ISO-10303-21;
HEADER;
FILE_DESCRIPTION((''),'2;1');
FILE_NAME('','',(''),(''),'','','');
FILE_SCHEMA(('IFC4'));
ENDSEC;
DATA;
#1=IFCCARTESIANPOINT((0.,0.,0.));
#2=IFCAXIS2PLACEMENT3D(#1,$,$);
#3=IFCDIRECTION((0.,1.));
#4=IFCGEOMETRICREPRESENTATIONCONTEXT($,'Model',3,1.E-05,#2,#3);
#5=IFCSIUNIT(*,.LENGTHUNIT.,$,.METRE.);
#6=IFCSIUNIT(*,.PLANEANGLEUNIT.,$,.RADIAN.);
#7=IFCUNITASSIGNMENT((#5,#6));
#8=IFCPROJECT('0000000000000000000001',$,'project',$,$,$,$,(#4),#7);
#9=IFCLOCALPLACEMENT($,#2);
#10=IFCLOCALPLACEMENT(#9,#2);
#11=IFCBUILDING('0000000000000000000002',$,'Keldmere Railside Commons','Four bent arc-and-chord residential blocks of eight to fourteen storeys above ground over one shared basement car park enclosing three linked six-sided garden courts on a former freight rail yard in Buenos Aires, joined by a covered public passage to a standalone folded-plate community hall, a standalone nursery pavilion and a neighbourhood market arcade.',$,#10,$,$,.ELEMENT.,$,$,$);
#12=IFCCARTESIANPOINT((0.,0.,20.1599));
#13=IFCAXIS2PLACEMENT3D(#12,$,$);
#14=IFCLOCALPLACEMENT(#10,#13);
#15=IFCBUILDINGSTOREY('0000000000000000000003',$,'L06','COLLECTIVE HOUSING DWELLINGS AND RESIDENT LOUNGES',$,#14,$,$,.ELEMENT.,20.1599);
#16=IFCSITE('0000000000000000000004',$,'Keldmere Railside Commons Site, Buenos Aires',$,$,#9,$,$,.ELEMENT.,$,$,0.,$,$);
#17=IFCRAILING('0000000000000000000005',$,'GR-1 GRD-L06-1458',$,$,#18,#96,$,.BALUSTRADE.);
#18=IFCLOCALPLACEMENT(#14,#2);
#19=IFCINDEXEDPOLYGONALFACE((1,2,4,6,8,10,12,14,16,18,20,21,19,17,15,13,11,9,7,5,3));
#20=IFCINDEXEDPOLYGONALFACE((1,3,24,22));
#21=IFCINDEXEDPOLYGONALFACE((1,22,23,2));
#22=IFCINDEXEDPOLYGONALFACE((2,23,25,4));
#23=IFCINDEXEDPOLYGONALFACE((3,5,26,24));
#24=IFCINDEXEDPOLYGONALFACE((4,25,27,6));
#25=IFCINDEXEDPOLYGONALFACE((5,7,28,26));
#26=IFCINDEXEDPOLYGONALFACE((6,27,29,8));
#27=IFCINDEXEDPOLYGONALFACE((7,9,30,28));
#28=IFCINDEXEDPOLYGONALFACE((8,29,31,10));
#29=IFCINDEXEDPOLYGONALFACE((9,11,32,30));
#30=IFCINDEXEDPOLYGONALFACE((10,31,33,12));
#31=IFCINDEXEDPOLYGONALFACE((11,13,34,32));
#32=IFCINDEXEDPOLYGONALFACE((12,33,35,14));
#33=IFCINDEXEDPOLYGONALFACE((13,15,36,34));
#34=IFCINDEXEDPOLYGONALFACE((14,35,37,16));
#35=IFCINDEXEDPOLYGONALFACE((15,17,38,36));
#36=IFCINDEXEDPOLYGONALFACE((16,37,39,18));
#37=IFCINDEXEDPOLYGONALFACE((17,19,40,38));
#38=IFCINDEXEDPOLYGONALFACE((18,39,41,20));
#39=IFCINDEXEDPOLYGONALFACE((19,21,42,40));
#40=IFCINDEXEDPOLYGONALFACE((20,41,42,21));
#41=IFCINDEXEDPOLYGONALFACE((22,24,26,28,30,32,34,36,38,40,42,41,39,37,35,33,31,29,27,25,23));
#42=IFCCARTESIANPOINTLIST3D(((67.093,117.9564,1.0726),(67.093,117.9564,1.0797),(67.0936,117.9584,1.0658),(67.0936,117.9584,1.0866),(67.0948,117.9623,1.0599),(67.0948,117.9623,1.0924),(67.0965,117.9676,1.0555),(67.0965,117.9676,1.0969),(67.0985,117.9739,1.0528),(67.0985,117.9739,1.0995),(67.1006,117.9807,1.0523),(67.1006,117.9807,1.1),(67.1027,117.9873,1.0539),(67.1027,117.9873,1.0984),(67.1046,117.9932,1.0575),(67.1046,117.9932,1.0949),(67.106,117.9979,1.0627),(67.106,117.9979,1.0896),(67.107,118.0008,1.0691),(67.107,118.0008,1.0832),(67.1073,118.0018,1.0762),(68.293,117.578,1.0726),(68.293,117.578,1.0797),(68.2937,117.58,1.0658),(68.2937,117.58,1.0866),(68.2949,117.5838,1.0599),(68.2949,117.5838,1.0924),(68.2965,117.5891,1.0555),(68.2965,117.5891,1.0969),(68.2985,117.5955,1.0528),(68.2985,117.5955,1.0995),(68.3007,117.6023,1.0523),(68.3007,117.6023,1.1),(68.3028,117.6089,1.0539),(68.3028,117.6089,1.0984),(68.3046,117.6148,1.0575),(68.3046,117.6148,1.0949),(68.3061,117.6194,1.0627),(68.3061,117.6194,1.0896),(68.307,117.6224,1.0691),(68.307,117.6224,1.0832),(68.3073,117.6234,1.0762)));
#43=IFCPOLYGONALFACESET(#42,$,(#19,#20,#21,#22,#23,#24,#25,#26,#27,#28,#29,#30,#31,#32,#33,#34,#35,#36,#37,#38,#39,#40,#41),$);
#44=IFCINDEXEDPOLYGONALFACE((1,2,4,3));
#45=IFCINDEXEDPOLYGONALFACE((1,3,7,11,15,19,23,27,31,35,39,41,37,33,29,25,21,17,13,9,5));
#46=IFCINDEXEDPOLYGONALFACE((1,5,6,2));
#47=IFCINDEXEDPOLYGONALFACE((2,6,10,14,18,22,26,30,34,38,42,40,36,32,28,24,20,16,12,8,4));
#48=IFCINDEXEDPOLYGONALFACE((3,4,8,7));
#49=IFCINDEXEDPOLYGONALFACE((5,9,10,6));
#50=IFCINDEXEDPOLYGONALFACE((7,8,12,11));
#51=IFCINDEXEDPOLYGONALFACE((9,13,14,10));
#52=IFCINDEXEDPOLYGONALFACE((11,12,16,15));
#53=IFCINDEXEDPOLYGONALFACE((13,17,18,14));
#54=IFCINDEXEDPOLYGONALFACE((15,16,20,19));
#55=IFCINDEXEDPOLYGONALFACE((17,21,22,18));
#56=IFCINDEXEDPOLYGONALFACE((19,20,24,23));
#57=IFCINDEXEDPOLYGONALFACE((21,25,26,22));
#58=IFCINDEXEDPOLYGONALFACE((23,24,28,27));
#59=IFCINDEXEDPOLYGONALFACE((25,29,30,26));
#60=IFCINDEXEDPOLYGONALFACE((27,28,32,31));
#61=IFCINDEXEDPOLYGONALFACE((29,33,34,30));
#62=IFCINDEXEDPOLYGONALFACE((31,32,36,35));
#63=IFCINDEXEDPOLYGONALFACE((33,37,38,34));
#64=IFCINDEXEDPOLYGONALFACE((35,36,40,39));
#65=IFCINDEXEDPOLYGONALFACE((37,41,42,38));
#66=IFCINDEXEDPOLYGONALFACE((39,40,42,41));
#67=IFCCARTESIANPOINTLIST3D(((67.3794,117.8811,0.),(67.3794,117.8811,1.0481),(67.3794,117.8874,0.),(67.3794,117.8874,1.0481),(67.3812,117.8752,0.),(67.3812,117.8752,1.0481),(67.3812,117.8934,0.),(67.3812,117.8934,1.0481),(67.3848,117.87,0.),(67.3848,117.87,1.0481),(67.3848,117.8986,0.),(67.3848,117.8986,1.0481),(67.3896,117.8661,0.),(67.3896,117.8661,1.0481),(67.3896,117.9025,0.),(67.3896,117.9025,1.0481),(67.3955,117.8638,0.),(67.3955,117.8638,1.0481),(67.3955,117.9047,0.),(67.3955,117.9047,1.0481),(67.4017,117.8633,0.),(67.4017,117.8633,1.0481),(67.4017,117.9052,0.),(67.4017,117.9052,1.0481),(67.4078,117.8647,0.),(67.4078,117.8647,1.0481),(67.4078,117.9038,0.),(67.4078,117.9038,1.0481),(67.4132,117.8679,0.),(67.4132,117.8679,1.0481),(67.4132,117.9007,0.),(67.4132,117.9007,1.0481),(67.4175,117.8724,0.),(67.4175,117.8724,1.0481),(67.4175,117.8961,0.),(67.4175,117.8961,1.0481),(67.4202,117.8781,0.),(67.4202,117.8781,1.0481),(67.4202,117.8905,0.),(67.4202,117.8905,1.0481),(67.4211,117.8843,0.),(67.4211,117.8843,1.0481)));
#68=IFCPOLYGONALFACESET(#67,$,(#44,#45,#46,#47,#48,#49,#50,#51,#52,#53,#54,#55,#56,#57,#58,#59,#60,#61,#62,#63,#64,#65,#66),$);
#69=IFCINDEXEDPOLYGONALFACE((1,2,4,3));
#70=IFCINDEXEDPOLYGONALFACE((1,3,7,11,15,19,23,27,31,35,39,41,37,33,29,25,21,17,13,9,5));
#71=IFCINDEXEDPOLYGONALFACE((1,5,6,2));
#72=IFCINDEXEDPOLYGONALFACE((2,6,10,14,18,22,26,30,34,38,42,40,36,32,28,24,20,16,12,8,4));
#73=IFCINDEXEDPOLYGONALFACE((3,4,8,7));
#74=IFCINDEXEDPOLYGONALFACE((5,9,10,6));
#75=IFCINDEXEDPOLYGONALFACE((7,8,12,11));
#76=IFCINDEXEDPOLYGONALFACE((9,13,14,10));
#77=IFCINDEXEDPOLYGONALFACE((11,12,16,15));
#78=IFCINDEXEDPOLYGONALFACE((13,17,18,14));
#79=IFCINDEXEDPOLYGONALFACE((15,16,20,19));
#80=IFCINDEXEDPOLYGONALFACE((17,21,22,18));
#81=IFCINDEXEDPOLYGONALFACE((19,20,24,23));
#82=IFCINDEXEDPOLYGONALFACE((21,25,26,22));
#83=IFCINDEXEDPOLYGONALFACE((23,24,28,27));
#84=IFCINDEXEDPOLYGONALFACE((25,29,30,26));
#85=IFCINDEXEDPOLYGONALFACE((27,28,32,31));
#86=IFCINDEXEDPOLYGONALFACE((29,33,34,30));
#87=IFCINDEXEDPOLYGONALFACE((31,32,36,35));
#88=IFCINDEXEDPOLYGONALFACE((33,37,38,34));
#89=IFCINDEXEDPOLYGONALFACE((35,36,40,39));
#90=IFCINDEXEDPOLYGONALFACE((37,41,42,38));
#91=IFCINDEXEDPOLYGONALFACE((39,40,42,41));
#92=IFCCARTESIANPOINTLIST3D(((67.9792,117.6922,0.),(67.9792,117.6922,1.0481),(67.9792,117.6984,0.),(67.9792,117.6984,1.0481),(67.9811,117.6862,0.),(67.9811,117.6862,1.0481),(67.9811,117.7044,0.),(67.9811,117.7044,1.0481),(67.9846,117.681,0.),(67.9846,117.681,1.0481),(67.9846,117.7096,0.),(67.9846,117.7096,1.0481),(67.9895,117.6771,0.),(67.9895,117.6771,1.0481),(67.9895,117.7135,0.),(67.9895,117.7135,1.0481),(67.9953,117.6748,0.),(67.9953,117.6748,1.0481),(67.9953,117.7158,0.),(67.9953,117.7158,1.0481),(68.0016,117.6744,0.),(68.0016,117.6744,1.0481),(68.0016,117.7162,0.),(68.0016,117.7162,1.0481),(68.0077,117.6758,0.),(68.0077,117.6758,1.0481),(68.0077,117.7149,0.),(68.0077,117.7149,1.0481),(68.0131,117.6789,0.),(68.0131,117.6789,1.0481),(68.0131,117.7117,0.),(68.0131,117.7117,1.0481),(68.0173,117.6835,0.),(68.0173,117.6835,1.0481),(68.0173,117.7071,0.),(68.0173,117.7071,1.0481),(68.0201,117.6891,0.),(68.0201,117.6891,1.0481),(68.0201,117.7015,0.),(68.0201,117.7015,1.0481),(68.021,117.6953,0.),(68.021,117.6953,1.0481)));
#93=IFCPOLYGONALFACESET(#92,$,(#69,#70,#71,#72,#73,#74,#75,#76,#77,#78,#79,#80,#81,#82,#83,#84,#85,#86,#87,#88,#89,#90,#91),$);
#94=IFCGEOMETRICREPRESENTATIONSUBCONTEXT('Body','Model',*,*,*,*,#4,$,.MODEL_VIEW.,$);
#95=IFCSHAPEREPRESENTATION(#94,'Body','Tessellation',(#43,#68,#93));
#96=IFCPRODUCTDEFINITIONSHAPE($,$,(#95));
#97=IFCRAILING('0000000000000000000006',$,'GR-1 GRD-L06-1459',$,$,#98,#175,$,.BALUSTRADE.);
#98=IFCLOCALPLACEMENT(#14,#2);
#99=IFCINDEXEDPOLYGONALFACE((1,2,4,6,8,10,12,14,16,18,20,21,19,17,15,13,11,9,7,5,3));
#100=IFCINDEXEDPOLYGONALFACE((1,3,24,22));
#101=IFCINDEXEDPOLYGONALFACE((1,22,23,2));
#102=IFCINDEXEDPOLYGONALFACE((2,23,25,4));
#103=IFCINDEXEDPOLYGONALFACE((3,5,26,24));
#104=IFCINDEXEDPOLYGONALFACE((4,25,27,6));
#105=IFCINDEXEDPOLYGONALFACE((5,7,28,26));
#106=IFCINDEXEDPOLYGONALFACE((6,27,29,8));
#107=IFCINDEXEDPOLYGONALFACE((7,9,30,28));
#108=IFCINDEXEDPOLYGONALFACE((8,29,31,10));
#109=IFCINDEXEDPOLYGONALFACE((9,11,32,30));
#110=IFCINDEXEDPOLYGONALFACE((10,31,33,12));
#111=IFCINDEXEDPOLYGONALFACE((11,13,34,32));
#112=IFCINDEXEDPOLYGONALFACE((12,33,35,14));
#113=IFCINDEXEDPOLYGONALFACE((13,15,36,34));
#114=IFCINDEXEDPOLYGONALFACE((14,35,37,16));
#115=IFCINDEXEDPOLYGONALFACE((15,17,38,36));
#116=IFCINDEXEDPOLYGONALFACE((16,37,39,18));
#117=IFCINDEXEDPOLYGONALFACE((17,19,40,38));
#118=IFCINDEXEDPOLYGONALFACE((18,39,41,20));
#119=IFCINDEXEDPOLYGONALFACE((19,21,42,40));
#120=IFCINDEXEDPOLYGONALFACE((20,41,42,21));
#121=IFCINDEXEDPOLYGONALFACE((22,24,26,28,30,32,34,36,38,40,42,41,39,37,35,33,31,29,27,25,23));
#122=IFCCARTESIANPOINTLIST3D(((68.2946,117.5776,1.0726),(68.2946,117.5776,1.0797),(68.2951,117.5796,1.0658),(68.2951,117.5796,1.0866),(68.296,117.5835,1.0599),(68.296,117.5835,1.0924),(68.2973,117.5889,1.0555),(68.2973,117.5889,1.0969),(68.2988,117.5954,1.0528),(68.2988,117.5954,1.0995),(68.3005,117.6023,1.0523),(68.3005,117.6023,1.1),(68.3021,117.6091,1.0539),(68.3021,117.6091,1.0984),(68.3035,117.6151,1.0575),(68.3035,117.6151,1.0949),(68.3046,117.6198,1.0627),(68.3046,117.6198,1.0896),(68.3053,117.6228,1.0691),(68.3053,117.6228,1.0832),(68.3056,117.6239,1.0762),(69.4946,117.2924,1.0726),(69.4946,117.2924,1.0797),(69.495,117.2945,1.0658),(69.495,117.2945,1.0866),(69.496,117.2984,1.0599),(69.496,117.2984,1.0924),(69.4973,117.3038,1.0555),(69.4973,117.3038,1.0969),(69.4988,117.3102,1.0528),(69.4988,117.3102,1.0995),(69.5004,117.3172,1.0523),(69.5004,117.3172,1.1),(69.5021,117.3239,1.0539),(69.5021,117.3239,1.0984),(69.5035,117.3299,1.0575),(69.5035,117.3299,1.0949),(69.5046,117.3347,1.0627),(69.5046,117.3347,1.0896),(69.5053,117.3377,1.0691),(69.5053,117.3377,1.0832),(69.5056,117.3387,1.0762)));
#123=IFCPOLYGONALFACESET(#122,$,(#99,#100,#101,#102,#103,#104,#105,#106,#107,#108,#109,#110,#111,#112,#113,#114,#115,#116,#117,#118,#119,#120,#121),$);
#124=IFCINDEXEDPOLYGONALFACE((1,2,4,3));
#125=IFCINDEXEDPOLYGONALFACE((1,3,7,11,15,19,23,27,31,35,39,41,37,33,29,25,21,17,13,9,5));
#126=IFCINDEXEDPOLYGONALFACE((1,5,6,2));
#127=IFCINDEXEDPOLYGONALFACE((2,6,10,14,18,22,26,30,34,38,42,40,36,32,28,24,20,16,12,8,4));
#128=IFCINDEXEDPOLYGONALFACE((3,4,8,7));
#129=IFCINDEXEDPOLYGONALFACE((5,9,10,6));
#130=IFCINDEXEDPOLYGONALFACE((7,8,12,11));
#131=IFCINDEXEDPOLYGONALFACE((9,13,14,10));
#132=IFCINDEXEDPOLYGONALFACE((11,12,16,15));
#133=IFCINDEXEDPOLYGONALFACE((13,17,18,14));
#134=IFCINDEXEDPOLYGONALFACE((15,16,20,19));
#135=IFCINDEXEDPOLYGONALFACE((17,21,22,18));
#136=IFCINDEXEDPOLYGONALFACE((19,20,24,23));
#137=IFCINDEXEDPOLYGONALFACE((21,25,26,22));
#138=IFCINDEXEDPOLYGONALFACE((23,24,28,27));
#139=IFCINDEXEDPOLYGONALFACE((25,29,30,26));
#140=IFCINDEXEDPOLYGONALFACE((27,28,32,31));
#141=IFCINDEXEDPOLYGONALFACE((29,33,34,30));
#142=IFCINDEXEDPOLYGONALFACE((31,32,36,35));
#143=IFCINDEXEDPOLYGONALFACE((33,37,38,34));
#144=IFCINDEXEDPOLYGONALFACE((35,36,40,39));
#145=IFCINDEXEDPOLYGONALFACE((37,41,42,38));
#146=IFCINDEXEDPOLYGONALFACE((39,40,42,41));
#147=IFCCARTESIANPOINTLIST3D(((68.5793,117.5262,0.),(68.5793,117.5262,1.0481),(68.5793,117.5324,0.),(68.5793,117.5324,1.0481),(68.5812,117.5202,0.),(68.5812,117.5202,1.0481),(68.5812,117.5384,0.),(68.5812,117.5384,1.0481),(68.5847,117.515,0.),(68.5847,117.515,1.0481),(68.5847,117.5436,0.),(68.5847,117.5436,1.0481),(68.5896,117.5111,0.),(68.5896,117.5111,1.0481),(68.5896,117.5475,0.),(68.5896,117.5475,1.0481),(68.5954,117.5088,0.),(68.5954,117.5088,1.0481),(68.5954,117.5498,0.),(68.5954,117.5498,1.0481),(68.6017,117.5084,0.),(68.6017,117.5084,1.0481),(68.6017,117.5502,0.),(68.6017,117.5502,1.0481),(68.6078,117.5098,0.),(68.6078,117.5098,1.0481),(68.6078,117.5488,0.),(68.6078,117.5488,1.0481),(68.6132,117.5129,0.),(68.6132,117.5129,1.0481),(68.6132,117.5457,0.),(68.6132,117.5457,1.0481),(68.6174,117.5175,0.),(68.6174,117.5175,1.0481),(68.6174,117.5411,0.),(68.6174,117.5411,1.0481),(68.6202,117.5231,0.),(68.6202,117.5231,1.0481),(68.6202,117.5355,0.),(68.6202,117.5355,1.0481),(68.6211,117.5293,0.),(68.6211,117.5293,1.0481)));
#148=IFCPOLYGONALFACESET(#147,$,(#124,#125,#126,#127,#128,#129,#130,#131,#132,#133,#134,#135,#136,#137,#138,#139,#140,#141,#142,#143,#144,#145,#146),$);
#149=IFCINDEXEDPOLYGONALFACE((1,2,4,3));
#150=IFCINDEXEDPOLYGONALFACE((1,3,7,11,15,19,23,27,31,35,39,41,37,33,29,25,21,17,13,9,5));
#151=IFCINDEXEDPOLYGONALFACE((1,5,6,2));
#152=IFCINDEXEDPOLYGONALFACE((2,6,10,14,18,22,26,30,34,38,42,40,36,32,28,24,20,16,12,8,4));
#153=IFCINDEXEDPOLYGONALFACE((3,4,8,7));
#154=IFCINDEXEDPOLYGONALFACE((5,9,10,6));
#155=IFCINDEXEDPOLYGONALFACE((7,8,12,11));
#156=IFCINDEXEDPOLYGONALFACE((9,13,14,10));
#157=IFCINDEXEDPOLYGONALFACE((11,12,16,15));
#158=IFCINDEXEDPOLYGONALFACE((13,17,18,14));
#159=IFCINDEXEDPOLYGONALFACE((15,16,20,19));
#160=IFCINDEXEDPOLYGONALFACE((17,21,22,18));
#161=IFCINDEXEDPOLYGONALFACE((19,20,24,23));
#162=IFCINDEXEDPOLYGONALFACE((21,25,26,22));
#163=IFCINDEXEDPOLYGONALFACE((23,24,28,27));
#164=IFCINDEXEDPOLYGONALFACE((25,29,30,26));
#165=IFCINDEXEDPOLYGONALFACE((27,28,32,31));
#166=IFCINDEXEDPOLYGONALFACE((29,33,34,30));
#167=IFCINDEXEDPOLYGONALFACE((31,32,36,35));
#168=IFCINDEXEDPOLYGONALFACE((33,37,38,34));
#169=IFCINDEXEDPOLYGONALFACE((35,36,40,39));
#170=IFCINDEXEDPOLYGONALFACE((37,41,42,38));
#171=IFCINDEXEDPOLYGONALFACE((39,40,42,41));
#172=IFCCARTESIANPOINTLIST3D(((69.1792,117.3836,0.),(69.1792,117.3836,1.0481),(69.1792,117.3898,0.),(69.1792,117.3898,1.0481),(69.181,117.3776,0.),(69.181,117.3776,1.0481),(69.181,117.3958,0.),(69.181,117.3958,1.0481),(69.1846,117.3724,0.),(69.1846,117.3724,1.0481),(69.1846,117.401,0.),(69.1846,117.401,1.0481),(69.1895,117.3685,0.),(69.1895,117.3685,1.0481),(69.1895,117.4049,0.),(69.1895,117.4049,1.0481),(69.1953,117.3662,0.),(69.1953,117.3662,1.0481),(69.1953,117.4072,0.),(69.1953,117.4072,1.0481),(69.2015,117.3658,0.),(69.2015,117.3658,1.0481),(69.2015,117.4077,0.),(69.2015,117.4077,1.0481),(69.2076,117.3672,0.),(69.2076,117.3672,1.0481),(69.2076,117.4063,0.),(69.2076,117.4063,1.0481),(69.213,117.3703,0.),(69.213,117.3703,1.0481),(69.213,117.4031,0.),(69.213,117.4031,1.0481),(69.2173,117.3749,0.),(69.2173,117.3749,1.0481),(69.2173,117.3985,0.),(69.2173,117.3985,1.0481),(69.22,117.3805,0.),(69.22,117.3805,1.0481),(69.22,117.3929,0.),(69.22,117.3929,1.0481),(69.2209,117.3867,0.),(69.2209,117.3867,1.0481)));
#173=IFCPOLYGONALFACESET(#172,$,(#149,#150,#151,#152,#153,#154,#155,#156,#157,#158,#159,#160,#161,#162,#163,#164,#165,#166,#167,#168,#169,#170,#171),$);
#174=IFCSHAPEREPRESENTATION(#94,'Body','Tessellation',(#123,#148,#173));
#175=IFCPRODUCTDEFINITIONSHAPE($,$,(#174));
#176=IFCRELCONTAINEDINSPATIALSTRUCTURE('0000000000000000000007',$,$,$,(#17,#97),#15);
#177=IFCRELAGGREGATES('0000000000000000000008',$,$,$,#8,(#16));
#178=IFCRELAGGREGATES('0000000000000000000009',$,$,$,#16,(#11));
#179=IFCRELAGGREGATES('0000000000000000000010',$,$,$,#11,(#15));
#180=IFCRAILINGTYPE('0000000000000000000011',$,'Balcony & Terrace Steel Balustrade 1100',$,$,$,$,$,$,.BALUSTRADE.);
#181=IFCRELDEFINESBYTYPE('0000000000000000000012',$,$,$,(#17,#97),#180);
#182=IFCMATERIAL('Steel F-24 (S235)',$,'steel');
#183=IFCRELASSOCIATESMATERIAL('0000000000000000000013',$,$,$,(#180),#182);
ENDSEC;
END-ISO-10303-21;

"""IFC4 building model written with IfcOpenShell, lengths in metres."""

from ifc_helpers import new_model, si_unit, direction, frame, origin, origin_2d, place, context, subcontext, project, spatial, circle, extrude, material, type_object, element, save


model = new_model("IFC4")

# Units and contexts
model_context = context("Model", 3, precision=1e-05, world=origin(), true_north=direction((0.0, 1.0)))
body_context = subcontext(model_context, "Body", "Model", "MODEL_VIEW")
ifc_project = project(units=[si_unit("LENGTHUNIT", "METRE"), si_unit("PLANEANGLEUNIT", "RADIAN")], contexts=[model_context])

# Site, building, storey
site_placement = place(None, origin())
site = spatial("IfcSite", under=ifc_project, at=site_placement, Name="Keldmere Railside Commons Site, Buenos Aires", CompositionType="ELEMENT", RefElevation=0.0)
building_placement = place(site_placement, origin())
building = spatial("IfcBuilding", under=site, at=building_placement, Name="Keldmere Railside Commons", Description="Four bent arc-and-chord residential blocks of eight to fourteen storeys above ground over one shared basement car park enclosing three linked six-sided garden courts on a former freight rail yard in Buenos Aires, joined by a covered public passage to a standalone folded-plate community hall, a standalone nursery pavilion and a neighbourhood market arcade.", CompositionType="ELEMENT")
storey_placement = place(building_placement, frame((0.0, 0.0, 20.1599)))
storey = spatial("IfcBuildingStorey", under=building, at=storey_placement, Name="L06", Description="COLLECTIVE HOUSING DWELLINGS AND RESIDENT LOUNGES", CompositionType="ELEMENT", Elevation=20.1599)

# Railings
ifc_material_1 = material(Name="Steel F-24 (S235)", Category="steel")
railing_type = type_object("IfcRailingType", Name="Balcony & Terrace Steel Balustrade 1100", PredefinedType="BALUSTRADE", material=ifc_material_1)
railing_1_placement = place(storey_placement, frame((67.1001, 117.979, 0.0)))
element("IfcRailing", 1, at=railing_1_placement, inside=storey, type_object=railing_type, Name="GR-1 GRD-L06-1458", PredefinedType="BALUSTRADE", context=body_context, shape_type="SweptSolid", body=[
    extrude(circle(Radius=0.0239, at=origin_2d()), frame((0.0, 0.0, 1.0762), z_axis=(0.9537, -0.30076, 0.0), x_axis=(0.30076, 0.9537, 0.0)), (0.0, 0.0, 1.0), 1.2583),
    extrude(circle(Radius=0.021, at=origin_2d()), frame((0.3, -0.0947, 0.0)), (0.0, 0.0, 1.0), 1.0481),
    extrude(circle(Radius=0.021, at=origin_2d()), frame((0.8999, -0.2837, 0.0)), (0.0, 0.0, 1.0), 1.0481),
])
railing_2_placement = place(storey_placement, frame((68.3, 117.6006, 0.0)))
element("IfcRailing", 2, at=railing_2_placement, inside=storey, type_object=railing_type, Name="GR-1 GRD-L06-1459", PredefinedType="BALUSTRADE", context=body_context, shape_type="SweptSolid", body=[
    extrude(circle(Radius=0.0239, at=origin_2d()), frame((0.0, 0.0, 1.0762), z_axis=(0.972906, -0.231201, 0.0), x_axis=(0.231201, 0.972906, 0.0)), (0.0, 0.0, 1.0), 1.2334),
    extrude(circle(Radius=0.021, at=origin_2d()), frame((0.3, -0.0713, 0.0)), (0.0, 0.0, 1.0), 1.0481),
    extrude(circle(Radius=0.021, at=origin_2d()), frame((0.8999, -0.2139, 0.0)), (0.0, 0.0, 1.0), 1.0481),
])

save(model, "model.ifc")
